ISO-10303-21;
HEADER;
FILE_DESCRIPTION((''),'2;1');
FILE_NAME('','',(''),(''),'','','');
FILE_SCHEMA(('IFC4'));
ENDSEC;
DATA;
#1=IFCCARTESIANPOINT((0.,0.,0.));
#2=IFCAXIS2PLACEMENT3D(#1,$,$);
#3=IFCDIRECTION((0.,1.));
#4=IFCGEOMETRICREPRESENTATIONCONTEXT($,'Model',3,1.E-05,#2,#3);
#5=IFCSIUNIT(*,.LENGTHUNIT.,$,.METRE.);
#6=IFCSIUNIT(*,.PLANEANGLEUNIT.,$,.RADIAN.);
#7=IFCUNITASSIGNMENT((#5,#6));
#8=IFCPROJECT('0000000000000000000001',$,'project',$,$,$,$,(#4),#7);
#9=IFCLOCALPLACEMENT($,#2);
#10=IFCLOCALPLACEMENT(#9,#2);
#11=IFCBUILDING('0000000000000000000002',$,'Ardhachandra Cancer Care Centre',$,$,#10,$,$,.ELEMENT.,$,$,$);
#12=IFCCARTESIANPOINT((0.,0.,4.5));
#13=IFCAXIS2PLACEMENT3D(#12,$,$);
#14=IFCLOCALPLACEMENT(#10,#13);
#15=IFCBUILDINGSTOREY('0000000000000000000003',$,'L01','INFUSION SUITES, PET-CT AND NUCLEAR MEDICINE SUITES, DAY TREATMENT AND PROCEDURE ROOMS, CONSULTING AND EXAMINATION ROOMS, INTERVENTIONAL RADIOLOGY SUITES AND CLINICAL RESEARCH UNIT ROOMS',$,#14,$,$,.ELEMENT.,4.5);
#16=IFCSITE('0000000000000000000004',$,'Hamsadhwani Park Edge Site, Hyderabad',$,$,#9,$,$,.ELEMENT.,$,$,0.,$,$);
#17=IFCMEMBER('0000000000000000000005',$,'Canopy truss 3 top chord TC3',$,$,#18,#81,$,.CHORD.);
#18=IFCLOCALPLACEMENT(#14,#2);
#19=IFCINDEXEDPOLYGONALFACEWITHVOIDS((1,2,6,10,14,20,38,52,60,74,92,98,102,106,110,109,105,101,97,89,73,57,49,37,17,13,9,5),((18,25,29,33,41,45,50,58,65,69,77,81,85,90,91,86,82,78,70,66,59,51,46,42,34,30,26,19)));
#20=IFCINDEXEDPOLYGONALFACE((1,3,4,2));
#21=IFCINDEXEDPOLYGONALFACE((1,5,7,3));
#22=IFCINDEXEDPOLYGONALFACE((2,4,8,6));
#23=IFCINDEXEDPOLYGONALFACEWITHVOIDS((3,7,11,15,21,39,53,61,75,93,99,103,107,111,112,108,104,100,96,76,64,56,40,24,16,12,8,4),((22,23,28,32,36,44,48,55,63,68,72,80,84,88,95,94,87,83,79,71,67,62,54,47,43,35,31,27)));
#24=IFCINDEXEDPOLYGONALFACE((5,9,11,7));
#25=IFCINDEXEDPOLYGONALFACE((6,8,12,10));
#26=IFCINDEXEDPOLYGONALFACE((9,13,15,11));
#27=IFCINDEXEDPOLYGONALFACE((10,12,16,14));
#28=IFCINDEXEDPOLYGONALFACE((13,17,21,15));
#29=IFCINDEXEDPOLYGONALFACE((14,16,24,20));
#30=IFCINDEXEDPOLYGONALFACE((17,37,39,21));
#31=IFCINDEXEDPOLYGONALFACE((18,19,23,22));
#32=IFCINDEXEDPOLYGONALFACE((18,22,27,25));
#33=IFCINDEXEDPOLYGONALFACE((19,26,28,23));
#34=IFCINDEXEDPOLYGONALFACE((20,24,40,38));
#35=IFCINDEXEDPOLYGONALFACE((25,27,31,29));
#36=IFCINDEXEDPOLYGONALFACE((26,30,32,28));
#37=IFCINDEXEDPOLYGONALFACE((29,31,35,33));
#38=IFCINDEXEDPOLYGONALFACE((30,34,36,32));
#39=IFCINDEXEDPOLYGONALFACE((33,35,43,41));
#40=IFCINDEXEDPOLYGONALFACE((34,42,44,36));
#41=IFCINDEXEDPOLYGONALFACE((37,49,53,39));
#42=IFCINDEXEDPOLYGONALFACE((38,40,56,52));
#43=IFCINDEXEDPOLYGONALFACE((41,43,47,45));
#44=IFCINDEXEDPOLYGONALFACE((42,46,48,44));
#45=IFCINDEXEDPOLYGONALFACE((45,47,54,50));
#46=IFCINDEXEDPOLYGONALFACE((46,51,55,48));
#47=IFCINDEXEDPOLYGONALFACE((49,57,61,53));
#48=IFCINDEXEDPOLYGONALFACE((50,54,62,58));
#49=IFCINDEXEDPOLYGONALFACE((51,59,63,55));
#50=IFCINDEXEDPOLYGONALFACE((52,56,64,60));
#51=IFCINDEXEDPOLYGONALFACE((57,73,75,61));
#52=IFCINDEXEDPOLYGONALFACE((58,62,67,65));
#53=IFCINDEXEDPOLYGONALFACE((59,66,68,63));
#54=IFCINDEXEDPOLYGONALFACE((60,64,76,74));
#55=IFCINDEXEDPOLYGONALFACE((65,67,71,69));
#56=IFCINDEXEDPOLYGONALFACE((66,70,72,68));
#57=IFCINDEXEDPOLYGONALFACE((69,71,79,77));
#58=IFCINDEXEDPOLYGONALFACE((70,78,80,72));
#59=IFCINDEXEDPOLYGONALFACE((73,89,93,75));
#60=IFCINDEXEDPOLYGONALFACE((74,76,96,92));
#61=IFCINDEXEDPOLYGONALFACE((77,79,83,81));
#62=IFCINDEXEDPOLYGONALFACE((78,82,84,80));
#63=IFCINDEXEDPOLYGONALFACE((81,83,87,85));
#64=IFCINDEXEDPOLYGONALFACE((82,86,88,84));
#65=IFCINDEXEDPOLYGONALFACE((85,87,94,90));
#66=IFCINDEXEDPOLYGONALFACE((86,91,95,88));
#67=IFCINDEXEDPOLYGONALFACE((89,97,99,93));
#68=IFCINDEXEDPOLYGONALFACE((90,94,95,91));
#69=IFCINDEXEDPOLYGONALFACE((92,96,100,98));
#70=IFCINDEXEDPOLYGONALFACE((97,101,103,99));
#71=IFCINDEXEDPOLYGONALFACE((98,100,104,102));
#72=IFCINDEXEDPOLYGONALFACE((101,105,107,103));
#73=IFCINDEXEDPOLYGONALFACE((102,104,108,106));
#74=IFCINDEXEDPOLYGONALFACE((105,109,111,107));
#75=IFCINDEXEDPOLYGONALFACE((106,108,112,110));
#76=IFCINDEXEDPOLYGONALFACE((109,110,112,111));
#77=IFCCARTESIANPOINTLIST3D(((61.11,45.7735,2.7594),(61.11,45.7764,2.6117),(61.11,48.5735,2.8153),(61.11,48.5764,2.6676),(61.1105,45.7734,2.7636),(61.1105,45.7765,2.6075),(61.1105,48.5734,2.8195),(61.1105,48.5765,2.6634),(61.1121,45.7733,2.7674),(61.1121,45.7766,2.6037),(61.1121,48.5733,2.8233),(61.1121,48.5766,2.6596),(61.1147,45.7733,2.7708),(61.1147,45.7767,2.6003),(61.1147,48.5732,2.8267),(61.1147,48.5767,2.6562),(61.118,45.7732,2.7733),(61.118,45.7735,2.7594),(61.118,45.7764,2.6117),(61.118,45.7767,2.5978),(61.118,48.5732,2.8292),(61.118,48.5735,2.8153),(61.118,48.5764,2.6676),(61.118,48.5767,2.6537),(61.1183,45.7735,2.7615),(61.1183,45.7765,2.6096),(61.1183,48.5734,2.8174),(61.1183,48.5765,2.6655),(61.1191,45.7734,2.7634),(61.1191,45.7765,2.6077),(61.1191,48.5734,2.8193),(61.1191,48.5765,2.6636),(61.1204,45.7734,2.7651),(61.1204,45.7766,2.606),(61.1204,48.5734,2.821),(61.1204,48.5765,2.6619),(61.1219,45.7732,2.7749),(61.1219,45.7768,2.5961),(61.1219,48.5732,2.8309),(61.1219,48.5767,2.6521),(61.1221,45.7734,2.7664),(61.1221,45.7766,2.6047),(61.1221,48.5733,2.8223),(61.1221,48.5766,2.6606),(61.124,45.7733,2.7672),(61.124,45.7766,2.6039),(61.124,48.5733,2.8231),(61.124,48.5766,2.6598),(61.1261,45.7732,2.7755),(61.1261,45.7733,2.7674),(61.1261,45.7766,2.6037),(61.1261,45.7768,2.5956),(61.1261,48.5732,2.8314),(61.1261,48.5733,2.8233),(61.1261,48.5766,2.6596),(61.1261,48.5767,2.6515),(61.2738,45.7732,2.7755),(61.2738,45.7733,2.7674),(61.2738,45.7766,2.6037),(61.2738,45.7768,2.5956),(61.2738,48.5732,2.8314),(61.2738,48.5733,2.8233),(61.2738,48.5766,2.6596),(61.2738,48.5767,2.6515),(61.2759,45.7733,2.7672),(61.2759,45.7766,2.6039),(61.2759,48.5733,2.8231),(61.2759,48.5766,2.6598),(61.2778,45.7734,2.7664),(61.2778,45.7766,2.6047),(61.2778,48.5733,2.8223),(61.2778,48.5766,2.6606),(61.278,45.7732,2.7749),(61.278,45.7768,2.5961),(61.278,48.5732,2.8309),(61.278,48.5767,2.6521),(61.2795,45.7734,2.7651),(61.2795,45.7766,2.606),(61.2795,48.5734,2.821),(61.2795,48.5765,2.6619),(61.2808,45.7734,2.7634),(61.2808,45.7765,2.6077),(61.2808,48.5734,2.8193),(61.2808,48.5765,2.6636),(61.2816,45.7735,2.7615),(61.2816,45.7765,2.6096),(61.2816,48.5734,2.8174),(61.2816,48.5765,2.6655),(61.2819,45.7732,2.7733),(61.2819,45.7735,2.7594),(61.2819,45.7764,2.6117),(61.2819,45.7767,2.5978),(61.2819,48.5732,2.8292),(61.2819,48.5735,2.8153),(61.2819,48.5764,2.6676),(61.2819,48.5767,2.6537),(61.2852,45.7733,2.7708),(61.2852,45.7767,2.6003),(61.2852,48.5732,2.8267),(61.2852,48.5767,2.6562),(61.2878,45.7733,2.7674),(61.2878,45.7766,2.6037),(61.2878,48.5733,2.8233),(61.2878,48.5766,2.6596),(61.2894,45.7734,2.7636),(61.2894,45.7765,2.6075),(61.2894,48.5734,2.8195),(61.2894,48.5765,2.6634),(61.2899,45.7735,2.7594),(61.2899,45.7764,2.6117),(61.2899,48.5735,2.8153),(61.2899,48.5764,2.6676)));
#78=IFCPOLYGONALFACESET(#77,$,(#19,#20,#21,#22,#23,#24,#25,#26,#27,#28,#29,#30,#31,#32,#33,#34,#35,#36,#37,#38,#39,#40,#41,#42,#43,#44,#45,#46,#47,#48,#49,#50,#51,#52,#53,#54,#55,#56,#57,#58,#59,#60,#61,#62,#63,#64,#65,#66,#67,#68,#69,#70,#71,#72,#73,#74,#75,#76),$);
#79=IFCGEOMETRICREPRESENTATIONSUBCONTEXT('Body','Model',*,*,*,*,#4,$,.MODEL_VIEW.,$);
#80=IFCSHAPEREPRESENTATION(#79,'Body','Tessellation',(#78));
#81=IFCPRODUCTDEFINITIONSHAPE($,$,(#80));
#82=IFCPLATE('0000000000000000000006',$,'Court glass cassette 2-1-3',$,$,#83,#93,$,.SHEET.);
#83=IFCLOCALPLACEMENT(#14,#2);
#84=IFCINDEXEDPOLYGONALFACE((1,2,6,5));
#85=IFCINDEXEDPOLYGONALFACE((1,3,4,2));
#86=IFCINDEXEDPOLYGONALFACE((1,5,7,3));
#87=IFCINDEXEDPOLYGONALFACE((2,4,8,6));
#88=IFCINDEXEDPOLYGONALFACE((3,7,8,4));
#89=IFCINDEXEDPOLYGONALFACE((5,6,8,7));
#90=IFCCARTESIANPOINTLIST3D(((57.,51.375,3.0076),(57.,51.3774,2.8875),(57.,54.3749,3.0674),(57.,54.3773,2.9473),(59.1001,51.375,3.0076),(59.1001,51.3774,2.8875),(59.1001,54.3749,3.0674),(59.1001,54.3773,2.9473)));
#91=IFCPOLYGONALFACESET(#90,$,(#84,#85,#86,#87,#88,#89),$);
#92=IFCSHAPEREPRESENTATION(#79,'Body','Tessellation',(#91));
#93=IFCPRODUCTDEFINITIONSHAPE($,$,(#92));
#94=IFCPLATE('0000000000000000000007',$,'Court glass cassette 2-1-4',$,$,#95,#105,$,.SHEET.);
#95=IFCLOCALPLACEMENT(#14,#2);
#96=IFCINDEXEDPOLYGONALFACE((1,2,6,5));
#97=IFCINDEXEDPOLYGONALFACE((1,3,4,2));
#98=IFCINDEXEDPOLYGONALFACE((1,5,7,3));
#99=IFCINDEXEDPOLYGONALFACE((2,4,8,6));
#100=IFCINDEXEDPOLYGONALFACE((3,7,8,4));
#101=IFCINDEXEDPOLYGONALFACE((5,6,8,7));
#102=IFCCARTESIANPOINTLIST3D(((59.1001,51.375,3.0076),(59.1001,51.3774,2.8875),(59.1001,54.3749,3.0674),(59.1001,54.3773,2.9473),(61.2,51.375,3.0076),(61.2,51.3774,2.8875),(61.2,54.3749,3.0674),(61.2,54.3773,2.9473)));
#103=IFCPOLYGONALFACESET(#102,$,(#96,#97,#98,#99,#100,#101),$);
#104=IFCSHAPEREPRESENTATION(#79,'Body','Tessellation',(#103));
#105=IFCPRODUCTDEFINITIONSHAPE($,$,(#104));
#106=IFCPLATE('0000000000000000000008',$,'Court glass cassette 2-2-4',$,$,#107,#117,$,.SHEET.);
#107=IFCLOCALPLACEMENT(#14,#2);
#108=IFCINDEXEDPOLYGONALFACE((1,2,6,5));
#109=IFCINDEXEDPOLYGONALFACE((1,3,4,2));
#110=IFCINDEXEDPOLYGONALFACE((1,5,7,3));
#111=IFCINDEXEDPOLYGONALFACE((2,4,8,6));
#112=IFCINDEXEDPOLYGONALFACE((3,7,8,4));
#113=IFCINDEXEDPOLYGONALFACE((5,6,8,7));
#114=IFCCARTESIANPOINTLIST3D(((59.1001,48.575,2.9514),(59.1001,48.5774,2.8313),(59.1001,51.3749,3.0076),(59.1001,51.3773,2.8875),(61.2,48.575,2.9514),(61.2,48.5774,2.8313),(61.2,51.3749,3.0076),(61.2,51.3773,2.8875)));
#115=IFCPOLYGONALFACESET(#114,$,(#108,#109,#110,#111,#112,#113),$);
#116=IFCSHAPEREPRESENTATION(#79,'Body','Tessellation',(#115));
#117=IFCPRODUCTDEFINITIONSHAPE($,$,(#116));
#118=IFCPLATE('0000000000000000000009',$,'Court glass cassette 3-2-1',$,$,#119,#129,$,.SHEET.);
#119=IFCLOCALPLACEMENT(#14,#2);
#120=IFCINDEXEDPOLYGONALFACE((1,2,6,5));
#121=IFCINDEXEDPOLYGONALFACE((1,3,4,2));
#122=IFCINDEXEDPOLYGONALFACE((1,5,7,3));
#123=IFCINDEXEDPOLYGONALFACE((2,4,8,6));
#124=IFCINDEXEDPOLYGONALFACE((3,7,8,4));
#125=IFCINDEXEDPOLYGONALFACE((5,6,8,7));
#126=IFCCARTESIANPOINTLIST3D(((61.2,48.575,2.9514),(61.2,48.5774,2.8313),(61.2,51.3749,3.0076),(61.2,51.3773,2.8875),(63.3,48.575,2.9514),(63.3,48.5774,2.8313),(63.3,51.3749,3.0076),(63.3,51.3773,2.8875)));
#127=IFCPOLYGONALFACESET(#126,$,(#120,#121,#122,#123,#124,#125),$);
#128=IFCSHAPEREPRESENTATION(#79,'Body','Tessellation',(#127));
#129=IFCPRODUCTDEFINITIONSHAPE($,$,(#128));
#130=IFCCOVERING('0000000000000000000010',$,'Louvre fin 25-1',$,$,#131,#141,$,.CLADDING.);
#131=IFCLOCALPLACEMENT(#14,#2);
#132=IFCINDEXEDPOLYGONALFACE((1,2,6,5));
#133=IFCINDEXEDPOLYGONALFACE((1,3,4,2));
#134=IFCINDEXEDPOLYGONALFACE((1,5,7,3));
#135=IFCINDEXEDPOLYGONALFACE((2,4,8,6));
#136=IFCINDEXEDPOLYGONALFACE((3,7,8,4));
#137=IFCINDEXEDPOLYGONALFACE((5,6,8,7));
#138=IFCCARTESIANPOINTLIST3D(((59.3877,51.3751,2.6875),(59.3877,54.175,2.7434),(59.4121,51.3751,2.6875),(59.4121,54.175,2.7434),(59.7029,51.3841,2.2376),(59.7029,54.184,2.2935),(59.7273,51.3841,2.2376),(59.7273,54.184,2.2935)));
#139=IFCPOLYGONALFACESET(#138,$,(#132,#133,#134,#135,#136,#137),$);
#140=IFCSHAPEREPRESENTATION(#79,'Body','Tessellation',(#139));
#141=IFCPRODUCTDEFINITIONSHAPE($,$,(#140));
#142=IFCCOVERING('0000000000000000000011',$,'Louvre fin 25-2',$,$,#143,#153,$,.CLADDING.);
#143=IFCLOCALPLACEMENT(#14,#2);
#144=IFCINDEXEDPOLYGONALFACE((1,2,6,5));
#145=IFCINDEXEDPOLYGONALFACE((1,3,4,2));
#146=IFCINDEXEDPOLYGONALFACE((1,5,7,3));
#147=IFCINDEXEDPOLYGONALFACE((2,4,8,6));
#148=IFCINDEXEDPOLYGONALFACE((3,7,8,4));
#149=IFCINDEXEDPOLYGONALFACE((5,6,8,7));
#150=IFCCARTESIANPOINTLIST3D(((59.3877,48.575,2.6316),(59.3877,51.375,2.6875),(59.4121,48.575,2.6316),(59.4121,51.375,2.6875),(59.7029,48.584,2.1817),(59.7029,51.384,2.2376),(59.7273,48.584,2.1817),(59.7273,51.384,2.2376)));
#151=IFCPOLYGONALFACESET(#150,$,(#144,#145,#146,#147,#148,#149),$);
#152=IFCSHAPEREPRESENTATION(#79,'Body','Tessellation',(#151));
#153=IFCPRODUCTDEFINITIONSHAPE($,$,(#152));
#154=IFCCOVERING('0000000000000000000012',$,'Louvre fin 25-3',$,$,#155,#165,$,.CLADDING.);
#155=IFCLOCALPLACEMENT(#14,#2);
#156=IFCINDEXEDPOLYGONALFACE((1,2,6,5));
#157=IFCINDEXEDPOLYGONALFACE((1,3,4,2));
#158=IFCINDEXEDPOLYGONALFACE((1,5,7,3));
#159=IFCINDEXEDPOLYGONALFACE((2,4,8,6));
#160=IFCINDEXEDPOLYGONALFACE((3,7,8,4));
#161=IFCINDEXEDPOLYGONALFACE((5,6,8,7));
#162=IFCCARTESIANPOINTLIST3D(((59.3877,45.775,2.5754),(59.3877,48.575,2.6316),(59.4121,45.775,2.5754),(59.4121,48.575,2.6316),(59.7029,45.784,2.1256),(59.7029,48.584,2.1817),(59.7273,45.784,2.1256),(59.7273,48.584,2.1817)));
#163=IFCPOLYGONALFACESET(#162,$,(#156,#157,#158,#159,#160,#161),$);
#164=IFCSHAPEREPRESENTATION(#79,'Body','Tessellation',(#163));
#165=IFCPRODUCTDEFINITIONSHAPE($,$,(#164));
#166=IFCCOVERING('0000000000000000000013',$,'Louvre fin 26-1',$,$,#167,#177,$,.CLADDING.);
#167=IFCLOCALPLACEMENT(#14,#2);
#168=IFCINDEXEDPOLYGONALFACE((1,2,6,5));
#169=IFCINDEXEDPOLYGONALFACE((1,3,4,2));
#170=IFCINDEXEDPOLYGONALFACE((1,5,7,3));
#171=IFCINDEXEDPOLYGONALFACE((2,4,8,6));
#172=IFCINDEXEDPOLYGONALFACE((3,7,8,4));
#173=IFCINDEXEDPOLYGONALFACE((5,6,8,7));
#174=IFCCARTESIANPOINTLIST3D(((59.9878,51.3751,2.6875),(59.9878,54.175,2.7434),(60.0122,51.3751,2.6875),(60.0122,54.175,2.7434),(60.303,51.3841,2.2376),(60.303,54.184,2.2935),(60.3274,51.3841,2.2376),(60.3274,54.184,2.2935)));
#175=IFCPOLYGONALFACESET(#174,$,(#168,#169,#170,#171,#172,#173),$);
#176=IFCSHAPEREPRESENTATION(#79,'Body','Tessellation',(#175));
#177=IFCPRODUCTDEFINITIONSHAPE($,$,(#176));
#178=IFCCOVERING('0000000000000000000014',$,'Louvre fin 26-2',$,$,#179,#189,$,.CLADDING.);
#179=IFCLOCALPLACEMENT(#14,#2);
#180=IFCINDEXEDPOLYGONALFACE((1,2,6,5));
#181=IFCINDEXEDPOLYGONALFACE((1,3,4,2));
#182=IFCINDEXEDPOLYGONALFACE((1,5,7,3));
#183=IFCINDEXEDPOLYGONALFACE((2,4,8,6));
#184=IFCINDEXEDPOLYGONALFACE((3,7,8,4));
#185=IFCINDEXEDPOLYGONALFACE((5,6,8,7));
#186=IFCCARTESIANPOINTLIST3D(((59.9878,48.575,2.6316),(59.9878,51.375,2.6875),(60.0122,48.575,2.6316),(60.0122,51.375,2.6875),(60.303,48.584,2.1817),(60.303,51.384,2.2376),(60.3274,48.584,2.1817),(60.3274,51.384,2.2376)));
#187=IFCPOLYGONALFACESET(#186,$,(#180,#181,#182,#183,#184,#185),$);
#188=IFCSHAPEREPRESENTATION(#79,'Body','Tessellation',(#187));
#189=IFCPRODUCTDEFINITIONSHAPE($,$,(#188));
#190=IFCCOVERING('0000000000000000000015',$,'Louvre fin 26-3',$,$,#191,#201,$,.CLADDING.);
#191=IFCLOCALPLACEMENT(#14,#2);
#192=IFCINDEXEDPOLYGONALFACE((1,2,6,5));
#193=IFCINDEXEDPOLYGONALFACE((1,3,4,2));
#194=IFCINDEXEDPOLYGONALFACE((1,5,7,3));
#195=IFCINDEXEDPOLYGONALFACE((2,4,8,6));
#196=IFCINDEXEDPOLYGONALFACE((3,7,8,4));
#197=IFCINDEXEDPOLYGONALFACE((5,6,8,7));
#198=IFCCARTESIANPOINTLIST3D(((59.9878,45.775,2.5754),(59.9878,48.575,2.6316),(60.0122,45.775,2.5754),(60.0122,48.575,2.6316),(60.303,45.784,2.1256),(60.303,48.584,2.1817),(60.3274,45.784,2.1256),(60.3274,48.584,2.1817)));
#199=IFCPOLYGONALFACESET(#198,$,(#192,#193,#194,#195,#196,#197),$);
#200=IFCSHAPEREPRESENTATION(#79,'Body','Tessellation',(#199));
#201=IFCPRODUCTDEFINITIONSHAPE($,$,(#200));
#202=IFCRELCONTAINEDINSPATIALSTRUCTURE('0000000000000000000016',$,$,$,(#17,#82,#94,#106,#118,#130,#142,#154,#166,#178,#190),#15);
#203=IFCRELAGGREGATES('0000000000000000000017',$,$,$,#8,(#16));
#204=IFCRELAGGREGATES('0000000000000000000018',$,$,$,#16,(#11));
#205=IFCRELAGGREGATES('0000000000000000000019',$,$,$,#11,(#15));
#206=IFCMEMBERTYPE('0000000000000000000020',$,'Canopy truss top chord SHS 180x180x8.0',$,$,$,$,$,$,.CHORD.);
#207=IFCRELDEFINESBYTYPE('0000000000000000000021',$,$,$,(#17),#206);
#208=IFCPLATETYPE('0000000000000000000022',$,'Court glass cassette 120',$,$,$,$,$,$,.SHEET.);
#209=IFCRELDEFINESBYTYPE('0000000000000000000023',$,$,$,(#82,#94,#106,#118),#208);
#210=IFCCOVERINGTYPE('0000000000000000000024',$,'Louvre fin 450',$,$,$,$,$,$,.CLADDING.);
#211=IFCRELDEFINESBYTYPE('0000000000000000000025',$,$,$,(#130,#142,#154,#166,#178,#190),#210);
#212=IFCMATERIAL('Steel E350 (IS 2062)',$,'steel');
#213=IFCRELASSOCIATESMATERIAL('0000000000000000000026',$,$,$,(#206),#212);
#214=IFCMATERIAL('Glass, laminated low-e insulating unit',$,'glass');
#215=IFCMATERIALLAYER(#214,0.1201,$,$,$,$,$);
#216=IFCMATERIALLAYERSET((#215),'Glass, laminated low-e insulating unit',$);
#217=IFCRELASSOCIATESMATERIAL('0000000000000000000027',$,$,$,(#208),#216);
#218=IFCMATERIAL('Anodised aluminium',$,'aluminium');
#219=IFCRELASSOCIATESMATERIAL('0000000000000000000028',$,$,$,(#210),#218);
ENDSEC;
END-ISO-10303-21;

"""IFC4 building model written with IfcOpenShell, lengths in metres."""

from ifc_helpers import new_model, si_unit, direction, frame, origin, origin_2d, place, context, subcontext, project, spatial, polyline, hollow_rectangle, outline, extrude, material, layer, layer_set, material_profile, profile_set, type_object, element, save


model = new_model("IFC4")

# Units and contexts
model_context = context("Model", 3, precision=1e-05, world=origin(), true_north=direction((0.0, 1.0)))
body_context = subcontext(model_context, "Body", "Model", "MODEL_VIEW")
ifc_project = project(units=[si_unit("LENGTHUNIT", "METRE"), si_unit("PLANEANGLEUNIT", "RADIAN")], contexts=[model_context])

# Site, building, storey
site_placement = place(None, origin())
site = spatial("IfcSite", under=ifc_project, at=site_placement, Name="Hamsadhwani Park Edge Site, Hyderabad", CompositionType="ELEMENT", RefElevation=0.0)
building_placement = place(site_placement, origin())
building = spatial("IfcBuilding", under=site, at=building_placement, Name="Ardhachandra Cancer Care Centre", CompositionType="ELEMENT")
storey_placement = place(building_placement, frame((0.0, 0.0, 4.5)))
storey = spatial("IfcBuildingStorey", under=building, at=storey_placement, Name="L01", Description="INFUSION SUITES, PET-CT AND NUCLEAR MEDICINE SUITES, DAY TREATMENT AND PROCEDURE ROOMS, CONSULTING AND EXAMINATION ROOMS, INTERVENTIONAL RADIOLOGY SUITES AND CLINICAL RESEARCH UNIT ROOMS", CompositionType="ELEMENT", Elevation=4.5)

# Member
ifc_material_1 = material(Name="Steel E350 (IS 2062)", Category="steel")
ifc_material_profile_1 = material_profile(ifc_material_1, hollow_rectangle(XDim=0.1799, YDim=0.1799, WallThickness=0.0081, InnerFilletRadius=0.0081, OuterFilletRadius=0.0161, at=origin_2d()), Name="SHS 180x180x8.0")
ifc_profile_set_1 = profile_set([ifc_material_profile_1], Name="Steel E350 (IS 2062)")
member_type_1 = type_object("IfcMemberType", Name="Canopy truss top chord SHS 180x180x8.0", PredefinedType="CHORD", material=ifc_profile_set_1)
for number, where, z_axis, x_axis, name in (
    (1, (61.2, 48.575, 2.7415), (0.0, -0.999801, -0.019963), (1.0, 0.0, 0.0), "Canopy truss 3 top chord TC3"),
):
    element("IfcMember", number, at=place(storey_placement, frame(where, z_axis=z_axis, x_axis=x_axis)), inside=storey, type_object=member_type_1, Name=name, PredefinedType="CHORD", context=body_context, shape_type="SweptSolid", body=[
        extrude(hollow_rectangle(XDim=0.1799, YDim=0.1799, WallThickness=0.0081, InnerFilletRadius=0.0081, OuterFilletRadius=0.0161, at=origin_2d()), origin(), (0.0, 0.0, 1.0), 2.8005),
    ])

# Plates
ifc_material_2 = material(Name="Glass, laminated low-e insulating unit", Category="glass")
ifc_layer = layer(ifc_material_2, 0.1201)
ifc_layer_set = layer_set([ifc_layer], Name="Glass, laminated low-e insulating unit")
plate_type = type_object("IfcPlateType", Name="Court glass cassette 120", PredefinedType="SHEET", material=ifc_layer_set)
plate_1_placement = place(storey_placement, frame((59.1001, 51.375, 3.0076), z_axis=(0.0, -0.019934, 0.999801), x_axis=(-1.0, 0.0, 0.0)))
element("IfcPlate", 2, at=plate_1_placement, inside=storey, type_object=plate_type, Name="Court glass cassette 2-1-3", PredefinedType="SHEET", context=body_context, shape_type="SweptSolid", body=[
    extrude(outline(polyline([(0.0, -3.0005), (2.1001, -3.0005), (2.1001, 0.0), (0.0, 0.0), (0.0, -3.0005)])), frame((0.0, 0.0, -0.1201)), (0.0, 0.0, 1.0), 0.1201),
])
plate_2_placement = place(storey_placement, frame((61.2, 51.375, 3.0076), z_axis=(0.0, -0.019934, 0.999801), x_axis=(-1.0, 0.0, 0.0)))
element("IfcPlate", 3, at=plate_2_placement, inside=storey, type_object=plate_type, Name="Court glass cassette 2-1-4", PredefinedType="SHEET", context=body_context, shape_type="SweptSolid", body=[
    extrude(outline(polyline([(0.0, -3.0005), (2.0999, -3.0005), (2.0999, 0.0), (0.0, 0.0), (0.0, -3.0005)])), frame((0.0, 0.0, -0.1201)), (0.0, 0.0, 1.0), 0.1201),
])
plate_3_placement = place(storey_placement, frame((59.1001, 48.575, 2.9514), z_axis=(0.0, -0.02005, 0.999799), x_axis=(0.0, 0.999799, 0.02005)))
element("IfcPlate", 4, at=plate_3_placement, inside=storey, type_object=plate_type, Name="Court glass cassette 2-2-4", PredefinedType="SHEET", context=body_context, shape_type="SweptSolid", body=[
    extrude(outline(polyline([(0.0, -2.0999), (2.8005, -2.0999), (2.8005, 0.0), (0.0, 0.0), (0.0, -2.0999)])), frame((0.0, 0.0, -0.1201)), (0.0, 0.0, 1.0), 0.1201),
])
plate_4_placement = place(storey_placement, frame((61.2, 48.575, 2.9514), z_axis=(0.0, -0.02005, 0.999799), x_axis=(0.0, 0.999799, 0.02005)))
element("IfcPlate", 5, at=plate_4_placement, inside=storey, type_object=plate_type, Name="Court glass cassette 3-2-1", PredefinedType="SHEET", context=body_context, shape_type="SweptSolid", body=[
    extrude(outline(polyline([(0.0, -2.1001), (2.8005, -2.1001), (2.8005, 0.0), (0.0, 0.0), (0.0, -2.1001)])), frame((0.0, 0.0, -0.1201)), (0.0, 0.0, 1.0), 0.1201),
])

# Coverings
ifc_material_3 = material(Name="Anodised aluminium", Category="aluminium")
ifc_material_profile_2 = material_profile(ifc_material_3, outline(polyline([(-0.0122, 0.0), (0.0122, 0.0), (0.3274, -0.45), (0.303, -0.45), (-0.0122, 0.0)])), Name="Louvre fin 450")
ifc_profile_set_2 = profile_set([ifc_material_profile_2], Name="Anodised aluminium")
covering_type = type_object("IfcCoveringType", Name="Louvre fin 450", PredefinedType="CLADDING", material=ifc_profile_set_2)
for number, where, z_axis, x_axis, name in (
    (6, (59.3999, 54.175, 2.7434), (0.0, -0.999801, -0.019963), (1.0, 0.0, 0.0), "Louvre fin 25-1"),
    (7, (59.3999, 51.375, 2.6875), (0.0, -0.999801, -0.019963), (1.0, 0.0, 0.0), "Louvre fin 25-2"),
    (8, (59.3999, 48.575, 2.6316), (0.0, -0.999799, -0.02005), (1.0, 0.0, 0.0), "Louvre fin 25-3"),
    (9, (60.0, 54.175, 2.7434), (0.0, -0.999801, -0.019963), (1.0, 0.0, 0.0), "Louvre fin 26-1"),
    (10, (60.0, 51.375, 2.6875), (0.0, -0.999801, -0.019963), (1.0, 0.0, 0.0), "Louvre fin 26-2"),
    (11, (60.0, 48.575, 2.6316), (0.0, -0.999799, -0.02005), (1.0, 0.0, 0.0), "Louvre fin 26-3"),
):
    element("IfcCovering", number, at=place(storey_placement, frame(where, z_axis=z_axis, x_axis=x_axis)), inside=storey, type_object=covering_type, Name=name, PredefinedType="CLADDING", context=body_context, shape_type="SweptSolid", body=[
        extrude(outline(polyline([(-0.0122, 0.0), (0.0122, 0.0), (0.3274, -0.45), (0.303, -0.45), (-0.0122, 0.0)])), origin(), (0.0, 0.0, 1.0), 2.8005),
    ])

save(model, "model.ifc")
